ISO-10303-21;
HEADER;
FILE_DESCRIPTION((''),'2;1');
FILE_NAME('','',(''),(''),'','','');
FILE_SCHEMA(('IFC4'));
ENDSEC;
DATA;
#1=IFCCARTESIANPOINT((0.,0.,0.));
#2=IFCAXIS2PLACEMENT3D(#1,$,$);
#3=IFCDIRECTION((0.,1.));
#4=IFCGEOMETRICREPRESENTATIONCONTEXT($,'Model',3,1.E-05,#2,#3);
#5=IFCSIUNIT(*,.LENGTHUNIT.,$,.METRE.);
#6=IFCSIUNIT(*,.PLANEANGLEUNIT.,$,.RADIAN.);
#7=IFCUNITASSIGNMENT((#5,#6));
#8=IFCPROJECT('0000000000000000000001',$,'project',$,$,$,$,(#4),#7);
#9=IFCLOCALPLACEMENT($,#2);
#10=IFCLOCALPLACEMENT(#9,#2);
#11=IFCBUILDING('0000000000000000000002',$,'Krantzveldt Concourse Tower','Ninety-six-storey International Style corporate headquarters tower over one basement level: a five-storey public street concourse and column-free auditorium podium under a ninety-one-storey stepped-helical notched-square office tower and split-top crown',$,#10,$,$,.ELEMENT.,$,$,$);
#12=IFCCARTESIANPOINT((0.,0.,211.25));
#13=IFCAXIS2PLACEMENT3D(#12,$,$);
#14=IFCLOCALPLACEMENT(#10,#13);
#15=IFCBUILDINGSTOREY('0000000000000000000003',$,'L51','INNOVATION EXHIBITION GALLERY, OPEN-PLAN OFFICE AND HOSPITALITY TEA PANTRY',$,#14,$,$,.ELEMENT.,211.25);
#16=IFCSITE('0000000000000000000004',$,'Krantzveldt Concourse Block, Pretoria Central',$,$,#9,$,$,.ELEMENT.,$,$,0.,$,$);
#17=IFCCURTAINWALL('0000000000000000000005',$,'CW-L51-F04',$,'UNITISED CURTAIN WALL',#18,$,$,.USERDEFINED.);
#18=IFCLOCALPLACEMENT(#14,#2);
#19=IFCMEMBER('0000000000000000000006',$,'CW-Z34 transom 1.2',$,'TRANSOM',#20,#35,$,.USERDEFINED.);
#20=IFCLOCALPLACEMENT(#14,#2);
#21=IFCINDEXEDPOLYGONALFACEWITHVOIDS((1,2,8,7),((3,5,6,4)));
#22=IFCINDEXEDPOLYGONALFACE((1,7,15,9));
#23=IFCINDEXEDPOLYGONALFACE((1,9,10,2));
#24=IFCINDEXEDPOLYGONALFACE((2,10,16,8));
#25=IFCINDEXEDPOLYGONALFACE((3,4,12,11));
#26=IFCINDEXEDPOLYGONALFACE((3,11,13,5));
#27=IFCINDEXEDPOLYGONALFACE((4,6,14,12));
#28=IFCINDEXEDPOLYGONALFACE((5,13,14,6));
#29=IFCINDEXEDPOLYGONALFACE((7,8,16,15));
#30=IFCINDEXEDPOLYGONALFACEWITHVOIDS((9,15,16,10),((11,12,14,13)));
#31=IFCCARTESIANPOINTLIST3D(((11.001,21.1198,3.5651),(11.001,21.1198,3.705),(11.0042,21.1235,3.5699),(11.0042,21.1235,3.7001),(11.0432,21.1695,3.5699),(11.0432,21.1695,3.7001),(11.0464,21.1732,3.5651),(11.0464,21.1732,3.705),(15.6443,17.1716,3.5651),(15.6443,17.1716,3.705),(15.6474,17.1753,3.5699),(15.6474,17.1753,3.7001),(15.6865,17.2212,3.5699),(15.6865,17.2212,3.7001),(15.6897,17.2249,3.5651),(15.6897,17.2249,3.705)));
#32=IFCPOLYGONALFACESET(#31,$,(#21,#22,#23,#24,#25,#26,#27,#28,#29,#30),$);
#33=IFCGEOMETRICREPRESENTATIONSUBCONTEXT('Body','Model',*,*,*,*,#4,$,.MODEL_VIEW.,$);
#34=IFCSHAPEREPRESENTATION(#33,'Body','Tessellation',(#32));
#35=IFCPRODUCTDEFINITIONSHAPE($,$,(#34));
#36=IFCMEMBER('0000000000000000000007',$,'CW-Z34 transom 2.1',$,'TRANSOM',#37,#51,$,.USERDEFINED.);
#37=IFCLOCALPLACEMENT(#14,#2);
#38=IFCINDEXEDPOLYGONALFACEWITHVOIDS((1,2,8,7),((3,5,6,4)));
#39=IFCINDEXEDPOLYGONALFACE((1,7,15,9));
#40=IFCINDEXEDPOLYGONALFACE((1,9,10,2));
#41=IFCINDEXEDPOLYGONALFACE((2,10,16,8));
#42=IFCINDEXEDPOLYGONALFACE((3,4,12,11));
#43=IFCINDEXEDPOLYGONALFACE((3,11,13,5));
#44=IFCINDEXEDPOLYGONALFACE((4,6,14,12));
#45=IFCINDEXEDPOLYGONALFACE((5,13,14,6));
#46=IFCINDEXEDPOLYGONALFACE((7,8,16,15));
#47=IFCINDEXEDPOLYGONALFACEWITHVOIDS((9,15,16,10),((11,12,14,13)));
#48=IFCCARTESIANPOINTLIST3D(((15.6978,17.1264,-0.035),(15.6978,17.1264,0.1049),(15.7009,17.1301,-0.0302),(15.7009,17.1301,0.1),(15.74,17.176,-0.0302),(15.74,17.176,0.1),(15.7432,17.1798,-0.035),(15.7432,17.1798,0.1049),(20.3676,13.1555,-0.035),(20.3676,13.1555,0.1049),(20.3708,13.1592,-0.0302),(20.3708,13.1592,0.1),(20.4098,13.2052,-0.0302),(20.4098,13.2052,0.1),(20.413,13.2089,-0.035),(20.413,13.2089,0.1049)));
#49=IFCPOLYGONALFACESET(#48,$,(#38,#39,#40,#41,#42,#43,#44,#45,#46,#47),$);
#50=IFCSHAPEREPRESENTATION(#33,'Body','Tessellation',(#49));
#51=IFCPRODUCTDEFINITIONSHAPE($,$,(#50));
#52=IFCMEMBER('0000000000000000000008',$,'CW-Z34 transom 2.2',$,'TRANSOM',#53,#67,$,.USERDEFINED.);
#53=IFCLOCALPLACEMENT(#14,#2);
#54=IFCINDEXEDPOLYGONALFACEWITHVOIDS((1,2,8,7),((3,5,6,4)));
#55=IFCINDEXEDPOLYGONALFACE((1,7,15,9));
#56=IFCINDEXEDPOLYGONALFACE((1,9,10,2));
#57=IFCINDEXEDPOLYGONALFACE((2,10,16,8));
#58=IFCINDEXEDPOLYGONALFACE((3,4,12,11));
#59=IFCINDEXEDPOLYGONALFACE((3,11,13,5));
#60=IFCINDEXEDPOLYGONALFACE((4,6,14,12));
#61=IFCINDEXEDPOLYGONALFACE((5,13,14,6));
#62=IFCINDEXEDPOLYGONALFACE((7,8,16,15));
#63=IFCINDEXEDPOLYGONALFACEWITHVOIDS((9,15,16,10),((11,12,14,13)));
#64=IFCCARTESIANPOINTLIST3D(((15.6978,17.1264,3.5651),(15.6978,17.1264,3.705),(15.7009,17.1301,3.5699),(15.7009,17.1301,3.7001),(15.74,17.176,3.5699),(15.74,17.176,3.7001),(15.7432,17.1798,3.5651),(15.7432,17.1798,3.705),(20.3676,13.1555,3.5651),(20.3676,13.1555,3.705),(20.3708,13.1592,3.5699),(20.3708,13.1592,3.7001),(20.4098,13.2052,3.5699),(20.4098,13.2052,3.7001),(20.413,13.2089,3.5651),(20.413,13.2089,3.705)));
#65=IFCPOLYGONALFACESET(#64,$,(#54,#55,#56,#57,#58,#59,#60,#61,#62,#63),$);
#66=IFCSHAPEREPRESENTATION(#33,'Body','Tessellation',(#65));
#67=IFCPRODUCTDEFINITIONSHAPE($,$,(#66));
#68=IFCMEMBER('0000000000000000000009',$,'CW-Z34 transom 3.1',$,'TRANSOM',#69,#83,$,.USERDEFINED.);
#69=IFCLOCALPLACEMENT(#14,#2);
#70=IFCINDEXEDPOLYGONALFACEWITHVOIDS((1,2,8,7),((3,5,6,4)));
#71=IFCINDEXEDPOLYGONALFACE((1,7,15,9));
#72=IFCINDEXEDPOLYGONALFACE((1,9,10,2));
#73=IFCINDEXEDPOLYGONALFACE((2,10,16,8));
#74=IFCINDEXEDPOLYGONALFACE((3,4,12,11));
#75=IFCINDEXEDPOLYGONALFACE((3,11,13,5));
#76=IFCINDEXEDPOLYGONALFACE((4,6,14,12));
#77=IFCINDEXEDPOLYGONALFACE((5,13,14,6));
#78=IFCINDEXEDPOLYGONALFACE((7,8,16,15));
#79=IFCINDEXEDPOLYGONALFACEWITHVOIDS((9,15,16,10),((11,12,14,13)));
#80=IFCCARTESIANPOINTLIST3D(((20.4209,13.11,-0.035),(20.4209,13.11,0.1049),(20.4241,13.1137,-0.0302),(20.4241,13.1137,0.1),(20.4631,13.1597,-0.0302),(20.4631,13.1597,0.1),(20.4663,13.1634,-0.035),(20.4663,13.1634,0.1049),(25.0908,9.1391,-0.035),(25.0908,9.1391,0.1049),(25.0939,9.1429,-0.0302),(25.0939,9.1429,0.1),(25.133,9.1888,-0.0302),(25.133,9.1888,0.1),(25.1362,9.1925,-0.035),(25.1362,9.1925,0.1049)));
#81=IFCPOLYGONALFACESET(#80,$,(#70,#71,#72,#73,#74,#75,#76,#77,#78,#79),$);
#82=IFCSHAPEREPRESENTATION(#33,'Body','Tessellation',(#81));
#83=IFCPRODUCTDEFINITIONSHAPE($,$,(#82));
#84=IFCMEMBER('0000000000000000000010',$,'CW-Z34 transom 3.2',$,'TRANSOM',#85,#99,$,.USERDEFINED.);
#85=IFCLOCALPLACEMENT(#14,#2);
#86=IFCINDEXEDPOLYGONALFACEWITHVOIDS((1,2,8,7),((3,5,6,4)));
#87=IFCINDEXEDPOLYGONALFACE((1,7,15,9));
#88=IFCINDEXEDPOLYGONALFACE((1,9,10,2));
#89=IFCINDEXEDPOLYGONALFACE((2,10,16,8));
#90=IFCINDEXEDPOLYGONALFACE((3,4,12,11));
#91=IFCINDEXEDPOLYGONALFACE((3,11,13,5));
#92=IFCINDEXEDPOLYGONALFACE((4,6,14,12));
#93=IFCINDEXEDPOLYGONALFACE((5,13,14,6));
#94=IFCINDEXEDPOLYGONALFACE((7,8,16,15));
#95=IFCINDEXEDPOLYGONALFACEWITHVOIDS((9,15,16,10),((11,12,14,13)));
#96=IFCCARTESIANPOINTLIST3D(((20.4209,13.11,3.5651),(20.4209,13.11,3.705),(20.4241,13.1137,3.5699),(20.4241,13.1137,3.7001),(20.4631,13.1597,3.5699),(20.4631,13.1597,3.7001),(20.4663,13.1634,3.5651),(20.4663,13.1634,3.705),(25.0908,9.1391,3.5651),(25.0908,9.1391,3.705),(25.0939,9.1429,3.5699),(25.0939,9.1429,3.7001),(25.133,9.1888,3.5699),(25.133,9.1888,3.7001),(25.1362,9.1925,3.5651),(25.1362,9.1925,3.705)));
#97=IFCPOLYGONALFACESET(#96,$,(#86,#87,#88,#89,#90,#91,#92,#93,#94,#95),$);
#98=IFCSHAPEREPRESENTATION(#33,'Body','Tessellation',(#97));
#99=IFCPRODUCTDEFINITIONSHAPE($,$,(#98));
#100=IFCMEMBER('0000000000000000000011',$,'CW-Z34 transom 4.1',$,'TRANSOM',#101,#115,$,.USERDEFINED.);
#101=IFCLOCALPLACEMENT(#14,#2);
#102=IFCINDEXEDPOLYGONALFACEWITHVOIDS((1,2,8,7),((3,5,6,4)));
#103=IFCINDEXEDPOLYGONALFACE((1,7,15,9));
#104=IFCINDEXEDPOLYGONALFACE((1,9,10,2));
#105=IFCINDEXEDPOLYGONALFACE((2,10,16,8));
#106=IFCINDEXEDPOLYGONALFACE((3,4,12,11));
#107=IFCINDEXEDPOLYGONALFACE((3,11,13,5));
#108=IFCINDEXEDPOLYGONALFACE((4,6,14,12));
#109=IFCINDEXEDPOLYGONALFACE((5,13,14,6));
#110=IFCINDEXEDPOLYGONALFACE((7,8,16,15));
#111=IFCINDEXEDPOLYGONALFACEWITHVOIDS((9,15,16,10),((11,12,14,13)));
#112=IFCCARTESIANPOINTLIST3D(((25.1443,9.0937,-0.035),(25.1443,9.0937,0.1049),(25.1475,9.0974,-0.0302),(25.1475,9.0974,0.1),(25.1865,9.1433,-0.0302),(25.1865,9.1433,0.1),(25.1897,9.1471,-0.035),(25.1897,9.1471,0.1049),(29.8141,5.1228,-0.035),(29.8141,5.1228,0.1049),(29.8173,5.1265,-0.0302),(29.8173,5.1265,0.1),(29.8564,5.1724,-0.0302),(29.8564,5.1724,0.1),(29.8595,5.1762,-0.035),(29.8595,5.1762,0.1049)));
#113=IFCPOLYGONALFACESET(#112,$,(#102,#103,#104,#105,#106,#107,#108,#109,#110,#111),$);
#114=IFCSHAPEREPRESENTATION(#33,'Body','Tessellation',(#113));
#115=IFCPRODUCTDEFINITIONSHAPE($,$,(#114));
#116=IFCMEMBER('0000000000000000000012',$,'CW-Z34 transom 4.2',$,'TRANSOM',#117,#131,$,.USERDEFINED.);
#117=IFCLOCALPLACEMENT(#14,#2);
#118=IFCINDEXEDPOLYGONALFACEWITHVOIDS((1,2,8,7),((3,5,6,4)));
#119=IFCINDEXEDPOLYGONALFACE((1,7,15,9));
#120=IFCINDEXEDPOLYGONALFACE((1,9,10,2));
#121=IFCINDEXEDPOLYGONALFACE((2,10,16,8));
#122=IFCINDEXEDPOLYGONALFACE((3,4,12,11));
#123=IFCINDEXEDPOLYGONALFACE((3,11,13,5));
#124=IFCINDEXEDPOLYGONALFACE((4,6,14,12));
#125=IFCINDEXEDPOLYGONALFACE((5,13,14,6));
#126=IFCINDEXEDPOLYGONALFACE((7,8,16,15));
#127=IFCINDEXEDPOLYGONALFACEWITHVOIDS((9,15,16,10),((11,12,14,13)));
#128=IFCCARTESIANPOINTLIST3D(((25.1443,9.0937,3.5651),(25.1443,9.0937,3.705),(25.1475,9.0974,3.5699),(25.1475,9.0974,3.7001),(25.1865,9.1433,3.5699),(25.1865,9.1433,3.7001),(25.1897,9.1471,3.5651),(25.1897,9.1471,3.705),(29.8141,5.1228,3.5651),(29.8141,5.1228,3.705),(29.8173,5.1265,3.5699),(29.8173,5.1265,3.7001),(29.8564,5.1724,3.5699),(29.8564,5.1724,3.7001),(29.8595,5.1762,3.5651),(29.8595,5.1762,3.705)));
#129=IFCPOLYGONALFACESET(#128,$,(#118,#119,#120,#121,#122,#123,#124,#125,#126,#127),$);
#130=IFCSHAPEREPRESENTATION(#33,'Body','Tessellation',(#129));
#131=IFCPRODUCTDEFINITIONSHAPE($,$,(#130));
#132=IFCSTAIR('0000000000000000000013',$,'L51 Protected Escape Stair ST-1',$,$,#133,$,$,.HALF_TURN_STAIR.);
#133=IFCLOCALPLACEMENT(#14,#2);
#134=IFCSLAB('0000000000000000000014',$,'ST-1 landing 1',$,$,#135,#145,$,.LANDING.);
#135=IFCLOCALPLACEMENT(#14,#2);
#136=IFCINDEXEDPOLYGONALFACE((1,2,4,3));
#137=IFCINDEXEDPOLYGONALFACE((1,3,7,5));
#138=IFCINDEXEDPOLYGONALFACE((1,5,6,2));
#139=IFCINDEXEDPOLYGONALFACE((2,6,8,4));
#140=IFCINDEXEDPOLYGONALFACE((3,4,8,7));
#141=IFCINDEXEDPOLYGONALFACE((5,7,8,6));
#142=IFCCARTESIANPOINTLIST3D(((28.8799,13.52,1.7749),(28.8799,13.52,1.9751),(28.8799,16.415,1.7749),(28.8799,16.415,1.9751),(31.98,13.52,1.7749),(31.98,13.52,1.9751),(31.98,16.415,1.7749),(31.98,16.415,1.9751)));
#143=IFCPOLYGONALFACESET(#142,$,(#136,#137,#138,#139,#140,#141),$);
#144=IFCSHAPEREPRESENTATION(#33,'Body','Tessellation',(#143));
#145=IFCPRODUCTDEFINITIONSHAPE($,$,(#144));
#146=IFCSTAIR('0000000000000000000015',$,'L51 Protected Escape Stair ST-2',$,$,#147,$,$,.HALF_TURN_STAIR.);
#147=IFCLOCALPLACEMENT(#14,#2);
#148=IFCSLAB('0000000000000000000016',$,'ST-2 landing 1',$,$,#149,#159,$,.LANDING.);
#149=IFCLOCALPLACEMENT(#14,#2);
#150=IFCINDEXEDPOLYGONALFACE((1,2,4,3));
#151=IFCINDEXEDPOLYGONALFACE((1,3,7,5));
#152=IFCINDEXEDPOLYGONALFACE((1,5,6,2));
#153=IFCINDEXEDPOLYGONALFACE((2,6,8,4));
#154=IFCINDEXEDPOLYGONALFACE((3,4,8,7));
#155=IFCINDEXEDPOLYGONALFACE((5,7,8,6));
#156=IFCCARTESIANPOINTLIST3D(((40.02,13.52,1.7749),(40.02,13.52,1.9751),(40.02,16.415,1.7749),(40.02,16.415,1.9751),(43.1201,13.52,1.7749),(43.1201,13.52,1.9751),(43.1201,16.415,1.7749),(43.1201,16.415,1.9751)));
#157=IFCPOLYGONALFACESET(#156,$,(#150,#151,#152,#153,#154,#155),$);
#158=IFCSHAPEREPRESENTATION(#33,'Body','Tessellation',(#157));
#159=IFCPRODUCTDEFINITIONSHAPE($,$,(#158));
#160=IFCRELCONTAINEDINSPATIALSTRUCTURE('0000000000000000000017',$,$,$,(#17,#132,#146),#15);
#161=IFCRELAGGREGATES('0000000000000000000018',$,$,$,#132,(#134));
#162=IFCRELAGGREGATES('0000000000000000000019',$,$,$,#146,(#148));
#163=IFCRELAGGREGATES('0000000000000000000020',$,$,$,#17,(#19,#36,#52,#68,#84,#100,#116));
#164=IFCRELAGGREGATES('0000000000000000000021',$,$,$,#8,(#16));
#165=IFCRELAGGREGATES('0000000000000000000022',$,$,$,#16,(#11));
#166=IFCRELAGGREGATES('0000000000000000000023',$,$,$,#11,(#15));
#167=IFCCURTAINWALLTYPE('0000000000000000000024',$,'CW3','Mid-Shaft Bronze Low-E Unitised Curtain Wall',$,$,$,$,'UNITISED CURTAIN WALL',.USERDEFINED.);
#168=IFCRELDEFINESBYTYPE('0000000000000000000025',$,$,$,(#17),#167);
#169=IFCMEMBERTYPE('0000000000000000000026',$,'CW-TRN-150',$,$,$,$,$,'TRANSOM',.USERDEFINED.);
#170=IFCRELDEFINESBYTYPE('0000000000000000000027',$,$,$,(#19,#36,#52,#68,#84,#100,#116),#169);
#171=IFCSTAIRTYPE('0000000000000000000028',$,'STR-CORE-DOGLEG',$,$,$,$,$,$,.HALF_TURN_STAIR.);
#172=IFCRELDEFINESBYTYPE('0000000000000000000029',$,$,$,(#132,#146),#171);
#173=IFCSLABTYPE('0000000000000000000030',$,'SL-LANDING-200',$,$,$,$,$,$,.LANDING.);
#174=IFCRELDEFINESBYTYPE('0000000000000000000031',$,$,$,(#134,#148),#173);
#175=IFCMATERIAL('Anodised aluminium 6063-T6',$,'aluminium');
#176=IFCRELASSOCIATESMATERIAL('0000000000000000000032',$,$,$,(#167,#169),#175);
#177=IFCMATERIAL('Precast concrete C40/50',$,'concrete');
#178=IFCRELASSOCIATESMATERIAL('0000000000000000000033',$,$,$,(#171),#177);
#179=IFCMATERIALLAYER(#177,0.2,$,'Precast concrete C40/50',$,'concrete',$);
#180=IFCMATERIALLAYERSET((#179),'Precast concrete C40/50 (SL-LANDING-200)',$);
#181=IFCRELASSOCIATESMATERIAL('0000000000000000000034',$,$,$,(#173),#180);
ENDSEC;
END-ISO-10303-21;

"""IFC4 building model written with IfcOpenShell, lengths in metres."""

from ifc_helpers import new_model, si_unit, direction, frame, origin, origin_2d, place, context, subcontext, project, spatial, polyline, hollow_rectangle, outline, extrude, source, transform, mapped, material, layer, layer_set, material_profile, profile_set, type_object, type_shapes, element, aggregate, save


model = new_model("IFC4")

# Units and contexts
model_context = context("Model", 3, precision=1e-05, world=origin(), true_north=direction((0.0, 1.0)))
body_context = subcontext(model_context, "Body", "Model", "MODEL_VIEW")
ifc_project = project(units=[si_unit("LENGTHUNIT", "METRE"), si_unit("PLANEANGLEUNIT", "RADIAN")], contexts=[model_context])

# Site, building, storey
site_placement = place(None, origin())
site = spatial("IfcSite", under=ifc_project, at=site_placement, Name="Krantzveldt Concourse Block, Pretoria Central", CompositionType="ELEMENT", RefElevation=0.0)
building_placement = place(site_placement, origin())
building = spatial("IfcBuilding", under=site, at=building_placement, Name="Krantzveldt Concourse Tower", Description="Ninety-six-storey International Style corporate headquarters tower over one basement level: a five-storey public street concourse and column-free auditorium podium under a ninety-one-storey stepped-helical notched-square office tower and split-top crown", CompositionType="ELEMENT")
storey_placement = place(building_placement, frame((0.0, 0.0, 211.25)))
storey = spatial("IfcBuildingStorey", under=building, at=storey_placement, Name="L51", Description="INNOVATION EXHIBITION GALLERY, OPEN-PLAN OFFICE AND HOSPITALITY TEA PANTRY", CompositionType="ELEMENT", Elevation=211.25)

# Curtain wall, members
ifc_material_1 = material(Name="Anodised aluminium 6063-T6", Category="aluminium")
curtain_wall_type = type_object("IfcCurtainWallType", Name="CW3", Description="Mid-Shaft Bronze Low-E Unitised Curtain Wall", ElementType="UNITISED CURTAIN WALL", PredefinedType="USERDEFINED", material=ifc_material_1)
curtain_wall_placement = place(storey_placement, origin())
curtain_wall = element("IfcCurtainWall", 1, at=curtain_wall_placement, inside=storey, type_object=curtain_wall_type, Name="CW-L51-F04", ObjectType="UNITISED CURTAIN WALL", PredefinedType="USERDEFINED")
ifc_material_profile_1 = material_profile(ifc_material_1, hollow_rectangle(XDim=0.0701, YDim=0.1399, WallThickness=0.0049, at=origin_2d()), Name="Anodised aluminium 6063-T6", Category="aluminium")
ifc_profile_set_1 = profile_set([ifc_material_profile_1], Name="Anodised aluminium 6063-T6 - ALU-TRAN 140x70x5")
member_type_1 = type_object("IfcMemberType", Name="CW-TRN-150", ElementType="TRANSOM", PredefinedType="USERDEFINED", material=ifc_profile_set_1)
shared_shape_1 = source(origin(), body_context, "Body", "SweptSolid", [
    extrude(hollow_rectangle(XDim=0.0701, YDim=0.1399, WallThickness=0.0049, at=origin_2d()), origin(), (0.0, 0.0, 1.0), 6.095),
])
member_1_placement = place(storey_placement, frame((11.0237, 21.1465, 3.635), z_axis=(0.761824, -0.647784, 0.0), x_axis=(0.647784, 0.761824, 0.0)))
member_1 = element("IfcMember", 2, at=member_1_placement, type_object=member_type_1, Name="CW-Z34 transom 1.2", ObjectType="TRANSOM", PredefinedType="USERDEFINED", context=body_context, shape_type="MappedRepresentation", body=[
    mapped(shared_shape_1, transform((0.0, 0.0, 0.0), x_axis=(1.0, 0.0, 0.0), y_axis=(0.0, 1.0, 0.0), z_axis=(0.0, 0.0, 1.0), scale=1.0)),
])
shared_shape_2 = source(origin(), body_context, "Body", "SweptSolid", [
    extrude(hollow_rectangle(XDim=0.0701, YDim=0.1399, WallThickness=0.0049, at=origin_2d()), origin(), (0.0, 0.0, 1.0), 6.1299),
])
type_shapes(member_type_1, [shared_shape_1, shared_shape_2])
member_2_placement = place(storey_placement, frame((15.7205, 17.1531, 0.0349), z_axis=(0.761817, -0.647792, 0.0), x_axis=(0.647792, 0.761817, 0.0)))
member_2 = element("IfcMember", 3, at=member_2_placement, type_object=member_type_1, Name="CW-Z34 transom 2.1", ObjectType="TRANSOM", PredefinedType="USERDEFINED", context=body_context, shape_type="MappedRepresentation", body=[
    mapped(shared_shape_2, transform((0.0, 0.0, 0.0), x_axis=(1.0, 0.0, 0.0), y_axis=(0.0, 1.0, 0.0), z_axis=(0.0, 0.0, 1.0), scale=1.0)),
])
member_3_placement = place(storey_placement, frame((15.7205, 17.1531, 3.635), z_axis=(0.761817, -0.647792, 0.0), x_axis=(0.647792, 0.761817, 0.0)))
member_3 = element("IfcMember", 4, at=member_3_placement, type_object=member_type_1, Name="CW-Z34 transom 2.2", ObjectType="TRANSOM", PredefinedType="USERDEFINED", context=body_context, shape_type="MappedRepresentation", body=[
    mapped(shared_shape_2, transform((0.0, 0.0, 0.0), x_axis=(1.0, 0.0, 0.0), y_axis=(0.0, 1.0, 0.0), z_axis=(0.0, 0.0, 1.0), scale=1.0)),
])
member_4_placement = place(storey_placement, frame((20.4436, 13.1367, 0.0349), z_axis=(0.761817, -0.647792, 0.0), x_axis=(0.647792, 0.761817, 0.0)))
member_4 = element("IfcMember", 5, at=member_4_placement, type_object=member_type_1, Name="CW-Z34 transom 3.1", ObjectType="TRANSOM", PredefinedType="USERDEFINED", context=body_context, shape_type="MappedRepresentation", body=[
    mapped(shared_shape_2, transform((0.0, 0.0, 0.0), x_axis=(1.0, 0.0, 0.0), y_axis=(0.0, 1.0, 0.0), z_axis=(0.0, 0.0, 1.0), scale=1.0)),
])
member_5_placement = place(storey_placement, frame((20.4436, 13.1367, 3.635), z_axis=(0.761817, -0.647792, 0.0), x_axis=(0.647792, 0.761817, 0.0)))
member_5 = element("IfcMember", 6, at=member_5_placement, type_object=member_type_1, Name="CW-Z34 transom 3.2", ObjectType="TRANSOM", PredefinedType="USERDEFINED", context=body_context, shape_type="MappedRepresentation", body=[
    mapped(shared_shape_2, transform((0.0, 0.0, 0.0), x_axis=(1.0, 0.0, 0.0), y_axis=(0.0, 1.0, 0.0), z_axis=(0.0, 0.0, 1.0), scale=1.0)),
])
member_6_placement = place(storey_placement, frame((25.167, 9.1204, 0.0349), z_axis=(0.761817, -0.647792, 0.0), x_axis=(0.647792, 0.761817, 0.0)))
member_6 = element("IfcMember", 7, at=member_6_placement, type_object=member_type_1, Name="CW-Z34 transom 4.1", ObjectType="TRANSOM", PredefinedType="USERDEFINED", context=body_context, shape_type="MappedRepresentation", body=[
    mapped(shared_shape_2, transform((0.0, 0.0, 0.0), x_axis=(1.0, 0.0, 0.0), y_axis=(0.0, 1.0, 0.0), z_axis=(0.0, 0.0, 1.0), scale=1.0)),
])
member_7_placement = place(storey_placement, frame((25.167, 9.1204, 3.635), z_axis=(0.761817, -0.647792, 0.0), x_axis=(0.647792, 0.761817, 0.0)))
member_7 = element("IfcMember", 8, at=member_7_placement, type_object=member_type_1, Name="CW-Z34 transom 4.2", ObjectType="TRANSOM", PredefinedType="USERDEFINED", context=body_context, shape_type="MappedRepresentation", body=[
    mapped(shared_shape_2, transform((0.0, 0.0, 0.0), x_axis=(1.0, 0.0, 0.0), y_axis=(0.0, 1.0, 0.0), z_axis=(0.0, 0.0, 1.0), scale=1.0)),
])

# Stairs, slabs
ifc_material_2 = material(Name="Precast concrete C40/50", Category="concrete")
stair_type = type_object("IfcStairType", Name="STR-CORE-DOGLEG", PredefinedType="HALF_TURN_STAIR", material=ifc_material_2)
stair_1_placement = place(storey_placement, origin())
stair_1 = element("IfcStair", 9, at=stair_1_placement, inside=storey, type_object=stair_type, Name="L51 Protected Escape Stair ST-1", PredefinedType="HALF_TURN_STAIR")
ifc_layer_1 = layer(ifc_material_2, 0.2, Name="Precast concrete C40/50", Category="concrete")
ifc_layer_set_1 = layer_set([ifc_layer_1], Name="Precast concrete C40/50 (SL-LANDING-200)")
slab_type_1 = type_object("IfcSlabType", Name="SL-LANDING-200", PredefinedType="LANDING", material=ifc_layer_set_1)
slab_1_placement = place(storey_placement, frame((0.0, 0.0, 1.7749)))
slab_1 = element("IfcSlab", 10, at=slab_1_placement, type_object=slab_type_1, Name="ST-1 landing 1", PredefinedType="LANDING", context=body_context, shape_type="SweptSolid", body=[
    extrude(outline(polyline([(28.8799, 16.415), (28.8799, 13.52), (31.98, 13.52), (31.98, 16.415), (28.8799, 16.415)])), origin(), (0.0, 0.0, 1.0), 0.2002),
])
aggregate(stair_1, [slab_1])
stair_2_placement = place(storey_placement, origin())
stair_2 = element("IfcStair", 11, at=stair_2_placement, inside=storey, type_object=stair_type, Name="L51 Protected Escape Stair ST-2", PredefinedType="HALF_TURN_STAIR")
slab_2_placement = place(storey_placement, frame((0.0, 0.0, 1.7749)))
slab_2 = element("IfcSlab", 12, at=slab_2_placement, type_object=slab_type_1, Name="ST-2 landing 1", PredefinedType="LANDING", context=body_context, shape_type="SweptSolid", body=[
    extrude(outline(polyline([(40.02, 16.415), (40.02, 13.52), (43.1201, 13.52), (43.1201, 16.415), (40.02, 16.415)])), origin(), (0.0, 0.0, 1.0), 0.2002),
])
aggregate(stair_2, [slab_2])

aggregate(curtain_wall, [member_1, member_2, member_3, member_4, member_5, member_6, member_7])

save(model, "model.ifc")
